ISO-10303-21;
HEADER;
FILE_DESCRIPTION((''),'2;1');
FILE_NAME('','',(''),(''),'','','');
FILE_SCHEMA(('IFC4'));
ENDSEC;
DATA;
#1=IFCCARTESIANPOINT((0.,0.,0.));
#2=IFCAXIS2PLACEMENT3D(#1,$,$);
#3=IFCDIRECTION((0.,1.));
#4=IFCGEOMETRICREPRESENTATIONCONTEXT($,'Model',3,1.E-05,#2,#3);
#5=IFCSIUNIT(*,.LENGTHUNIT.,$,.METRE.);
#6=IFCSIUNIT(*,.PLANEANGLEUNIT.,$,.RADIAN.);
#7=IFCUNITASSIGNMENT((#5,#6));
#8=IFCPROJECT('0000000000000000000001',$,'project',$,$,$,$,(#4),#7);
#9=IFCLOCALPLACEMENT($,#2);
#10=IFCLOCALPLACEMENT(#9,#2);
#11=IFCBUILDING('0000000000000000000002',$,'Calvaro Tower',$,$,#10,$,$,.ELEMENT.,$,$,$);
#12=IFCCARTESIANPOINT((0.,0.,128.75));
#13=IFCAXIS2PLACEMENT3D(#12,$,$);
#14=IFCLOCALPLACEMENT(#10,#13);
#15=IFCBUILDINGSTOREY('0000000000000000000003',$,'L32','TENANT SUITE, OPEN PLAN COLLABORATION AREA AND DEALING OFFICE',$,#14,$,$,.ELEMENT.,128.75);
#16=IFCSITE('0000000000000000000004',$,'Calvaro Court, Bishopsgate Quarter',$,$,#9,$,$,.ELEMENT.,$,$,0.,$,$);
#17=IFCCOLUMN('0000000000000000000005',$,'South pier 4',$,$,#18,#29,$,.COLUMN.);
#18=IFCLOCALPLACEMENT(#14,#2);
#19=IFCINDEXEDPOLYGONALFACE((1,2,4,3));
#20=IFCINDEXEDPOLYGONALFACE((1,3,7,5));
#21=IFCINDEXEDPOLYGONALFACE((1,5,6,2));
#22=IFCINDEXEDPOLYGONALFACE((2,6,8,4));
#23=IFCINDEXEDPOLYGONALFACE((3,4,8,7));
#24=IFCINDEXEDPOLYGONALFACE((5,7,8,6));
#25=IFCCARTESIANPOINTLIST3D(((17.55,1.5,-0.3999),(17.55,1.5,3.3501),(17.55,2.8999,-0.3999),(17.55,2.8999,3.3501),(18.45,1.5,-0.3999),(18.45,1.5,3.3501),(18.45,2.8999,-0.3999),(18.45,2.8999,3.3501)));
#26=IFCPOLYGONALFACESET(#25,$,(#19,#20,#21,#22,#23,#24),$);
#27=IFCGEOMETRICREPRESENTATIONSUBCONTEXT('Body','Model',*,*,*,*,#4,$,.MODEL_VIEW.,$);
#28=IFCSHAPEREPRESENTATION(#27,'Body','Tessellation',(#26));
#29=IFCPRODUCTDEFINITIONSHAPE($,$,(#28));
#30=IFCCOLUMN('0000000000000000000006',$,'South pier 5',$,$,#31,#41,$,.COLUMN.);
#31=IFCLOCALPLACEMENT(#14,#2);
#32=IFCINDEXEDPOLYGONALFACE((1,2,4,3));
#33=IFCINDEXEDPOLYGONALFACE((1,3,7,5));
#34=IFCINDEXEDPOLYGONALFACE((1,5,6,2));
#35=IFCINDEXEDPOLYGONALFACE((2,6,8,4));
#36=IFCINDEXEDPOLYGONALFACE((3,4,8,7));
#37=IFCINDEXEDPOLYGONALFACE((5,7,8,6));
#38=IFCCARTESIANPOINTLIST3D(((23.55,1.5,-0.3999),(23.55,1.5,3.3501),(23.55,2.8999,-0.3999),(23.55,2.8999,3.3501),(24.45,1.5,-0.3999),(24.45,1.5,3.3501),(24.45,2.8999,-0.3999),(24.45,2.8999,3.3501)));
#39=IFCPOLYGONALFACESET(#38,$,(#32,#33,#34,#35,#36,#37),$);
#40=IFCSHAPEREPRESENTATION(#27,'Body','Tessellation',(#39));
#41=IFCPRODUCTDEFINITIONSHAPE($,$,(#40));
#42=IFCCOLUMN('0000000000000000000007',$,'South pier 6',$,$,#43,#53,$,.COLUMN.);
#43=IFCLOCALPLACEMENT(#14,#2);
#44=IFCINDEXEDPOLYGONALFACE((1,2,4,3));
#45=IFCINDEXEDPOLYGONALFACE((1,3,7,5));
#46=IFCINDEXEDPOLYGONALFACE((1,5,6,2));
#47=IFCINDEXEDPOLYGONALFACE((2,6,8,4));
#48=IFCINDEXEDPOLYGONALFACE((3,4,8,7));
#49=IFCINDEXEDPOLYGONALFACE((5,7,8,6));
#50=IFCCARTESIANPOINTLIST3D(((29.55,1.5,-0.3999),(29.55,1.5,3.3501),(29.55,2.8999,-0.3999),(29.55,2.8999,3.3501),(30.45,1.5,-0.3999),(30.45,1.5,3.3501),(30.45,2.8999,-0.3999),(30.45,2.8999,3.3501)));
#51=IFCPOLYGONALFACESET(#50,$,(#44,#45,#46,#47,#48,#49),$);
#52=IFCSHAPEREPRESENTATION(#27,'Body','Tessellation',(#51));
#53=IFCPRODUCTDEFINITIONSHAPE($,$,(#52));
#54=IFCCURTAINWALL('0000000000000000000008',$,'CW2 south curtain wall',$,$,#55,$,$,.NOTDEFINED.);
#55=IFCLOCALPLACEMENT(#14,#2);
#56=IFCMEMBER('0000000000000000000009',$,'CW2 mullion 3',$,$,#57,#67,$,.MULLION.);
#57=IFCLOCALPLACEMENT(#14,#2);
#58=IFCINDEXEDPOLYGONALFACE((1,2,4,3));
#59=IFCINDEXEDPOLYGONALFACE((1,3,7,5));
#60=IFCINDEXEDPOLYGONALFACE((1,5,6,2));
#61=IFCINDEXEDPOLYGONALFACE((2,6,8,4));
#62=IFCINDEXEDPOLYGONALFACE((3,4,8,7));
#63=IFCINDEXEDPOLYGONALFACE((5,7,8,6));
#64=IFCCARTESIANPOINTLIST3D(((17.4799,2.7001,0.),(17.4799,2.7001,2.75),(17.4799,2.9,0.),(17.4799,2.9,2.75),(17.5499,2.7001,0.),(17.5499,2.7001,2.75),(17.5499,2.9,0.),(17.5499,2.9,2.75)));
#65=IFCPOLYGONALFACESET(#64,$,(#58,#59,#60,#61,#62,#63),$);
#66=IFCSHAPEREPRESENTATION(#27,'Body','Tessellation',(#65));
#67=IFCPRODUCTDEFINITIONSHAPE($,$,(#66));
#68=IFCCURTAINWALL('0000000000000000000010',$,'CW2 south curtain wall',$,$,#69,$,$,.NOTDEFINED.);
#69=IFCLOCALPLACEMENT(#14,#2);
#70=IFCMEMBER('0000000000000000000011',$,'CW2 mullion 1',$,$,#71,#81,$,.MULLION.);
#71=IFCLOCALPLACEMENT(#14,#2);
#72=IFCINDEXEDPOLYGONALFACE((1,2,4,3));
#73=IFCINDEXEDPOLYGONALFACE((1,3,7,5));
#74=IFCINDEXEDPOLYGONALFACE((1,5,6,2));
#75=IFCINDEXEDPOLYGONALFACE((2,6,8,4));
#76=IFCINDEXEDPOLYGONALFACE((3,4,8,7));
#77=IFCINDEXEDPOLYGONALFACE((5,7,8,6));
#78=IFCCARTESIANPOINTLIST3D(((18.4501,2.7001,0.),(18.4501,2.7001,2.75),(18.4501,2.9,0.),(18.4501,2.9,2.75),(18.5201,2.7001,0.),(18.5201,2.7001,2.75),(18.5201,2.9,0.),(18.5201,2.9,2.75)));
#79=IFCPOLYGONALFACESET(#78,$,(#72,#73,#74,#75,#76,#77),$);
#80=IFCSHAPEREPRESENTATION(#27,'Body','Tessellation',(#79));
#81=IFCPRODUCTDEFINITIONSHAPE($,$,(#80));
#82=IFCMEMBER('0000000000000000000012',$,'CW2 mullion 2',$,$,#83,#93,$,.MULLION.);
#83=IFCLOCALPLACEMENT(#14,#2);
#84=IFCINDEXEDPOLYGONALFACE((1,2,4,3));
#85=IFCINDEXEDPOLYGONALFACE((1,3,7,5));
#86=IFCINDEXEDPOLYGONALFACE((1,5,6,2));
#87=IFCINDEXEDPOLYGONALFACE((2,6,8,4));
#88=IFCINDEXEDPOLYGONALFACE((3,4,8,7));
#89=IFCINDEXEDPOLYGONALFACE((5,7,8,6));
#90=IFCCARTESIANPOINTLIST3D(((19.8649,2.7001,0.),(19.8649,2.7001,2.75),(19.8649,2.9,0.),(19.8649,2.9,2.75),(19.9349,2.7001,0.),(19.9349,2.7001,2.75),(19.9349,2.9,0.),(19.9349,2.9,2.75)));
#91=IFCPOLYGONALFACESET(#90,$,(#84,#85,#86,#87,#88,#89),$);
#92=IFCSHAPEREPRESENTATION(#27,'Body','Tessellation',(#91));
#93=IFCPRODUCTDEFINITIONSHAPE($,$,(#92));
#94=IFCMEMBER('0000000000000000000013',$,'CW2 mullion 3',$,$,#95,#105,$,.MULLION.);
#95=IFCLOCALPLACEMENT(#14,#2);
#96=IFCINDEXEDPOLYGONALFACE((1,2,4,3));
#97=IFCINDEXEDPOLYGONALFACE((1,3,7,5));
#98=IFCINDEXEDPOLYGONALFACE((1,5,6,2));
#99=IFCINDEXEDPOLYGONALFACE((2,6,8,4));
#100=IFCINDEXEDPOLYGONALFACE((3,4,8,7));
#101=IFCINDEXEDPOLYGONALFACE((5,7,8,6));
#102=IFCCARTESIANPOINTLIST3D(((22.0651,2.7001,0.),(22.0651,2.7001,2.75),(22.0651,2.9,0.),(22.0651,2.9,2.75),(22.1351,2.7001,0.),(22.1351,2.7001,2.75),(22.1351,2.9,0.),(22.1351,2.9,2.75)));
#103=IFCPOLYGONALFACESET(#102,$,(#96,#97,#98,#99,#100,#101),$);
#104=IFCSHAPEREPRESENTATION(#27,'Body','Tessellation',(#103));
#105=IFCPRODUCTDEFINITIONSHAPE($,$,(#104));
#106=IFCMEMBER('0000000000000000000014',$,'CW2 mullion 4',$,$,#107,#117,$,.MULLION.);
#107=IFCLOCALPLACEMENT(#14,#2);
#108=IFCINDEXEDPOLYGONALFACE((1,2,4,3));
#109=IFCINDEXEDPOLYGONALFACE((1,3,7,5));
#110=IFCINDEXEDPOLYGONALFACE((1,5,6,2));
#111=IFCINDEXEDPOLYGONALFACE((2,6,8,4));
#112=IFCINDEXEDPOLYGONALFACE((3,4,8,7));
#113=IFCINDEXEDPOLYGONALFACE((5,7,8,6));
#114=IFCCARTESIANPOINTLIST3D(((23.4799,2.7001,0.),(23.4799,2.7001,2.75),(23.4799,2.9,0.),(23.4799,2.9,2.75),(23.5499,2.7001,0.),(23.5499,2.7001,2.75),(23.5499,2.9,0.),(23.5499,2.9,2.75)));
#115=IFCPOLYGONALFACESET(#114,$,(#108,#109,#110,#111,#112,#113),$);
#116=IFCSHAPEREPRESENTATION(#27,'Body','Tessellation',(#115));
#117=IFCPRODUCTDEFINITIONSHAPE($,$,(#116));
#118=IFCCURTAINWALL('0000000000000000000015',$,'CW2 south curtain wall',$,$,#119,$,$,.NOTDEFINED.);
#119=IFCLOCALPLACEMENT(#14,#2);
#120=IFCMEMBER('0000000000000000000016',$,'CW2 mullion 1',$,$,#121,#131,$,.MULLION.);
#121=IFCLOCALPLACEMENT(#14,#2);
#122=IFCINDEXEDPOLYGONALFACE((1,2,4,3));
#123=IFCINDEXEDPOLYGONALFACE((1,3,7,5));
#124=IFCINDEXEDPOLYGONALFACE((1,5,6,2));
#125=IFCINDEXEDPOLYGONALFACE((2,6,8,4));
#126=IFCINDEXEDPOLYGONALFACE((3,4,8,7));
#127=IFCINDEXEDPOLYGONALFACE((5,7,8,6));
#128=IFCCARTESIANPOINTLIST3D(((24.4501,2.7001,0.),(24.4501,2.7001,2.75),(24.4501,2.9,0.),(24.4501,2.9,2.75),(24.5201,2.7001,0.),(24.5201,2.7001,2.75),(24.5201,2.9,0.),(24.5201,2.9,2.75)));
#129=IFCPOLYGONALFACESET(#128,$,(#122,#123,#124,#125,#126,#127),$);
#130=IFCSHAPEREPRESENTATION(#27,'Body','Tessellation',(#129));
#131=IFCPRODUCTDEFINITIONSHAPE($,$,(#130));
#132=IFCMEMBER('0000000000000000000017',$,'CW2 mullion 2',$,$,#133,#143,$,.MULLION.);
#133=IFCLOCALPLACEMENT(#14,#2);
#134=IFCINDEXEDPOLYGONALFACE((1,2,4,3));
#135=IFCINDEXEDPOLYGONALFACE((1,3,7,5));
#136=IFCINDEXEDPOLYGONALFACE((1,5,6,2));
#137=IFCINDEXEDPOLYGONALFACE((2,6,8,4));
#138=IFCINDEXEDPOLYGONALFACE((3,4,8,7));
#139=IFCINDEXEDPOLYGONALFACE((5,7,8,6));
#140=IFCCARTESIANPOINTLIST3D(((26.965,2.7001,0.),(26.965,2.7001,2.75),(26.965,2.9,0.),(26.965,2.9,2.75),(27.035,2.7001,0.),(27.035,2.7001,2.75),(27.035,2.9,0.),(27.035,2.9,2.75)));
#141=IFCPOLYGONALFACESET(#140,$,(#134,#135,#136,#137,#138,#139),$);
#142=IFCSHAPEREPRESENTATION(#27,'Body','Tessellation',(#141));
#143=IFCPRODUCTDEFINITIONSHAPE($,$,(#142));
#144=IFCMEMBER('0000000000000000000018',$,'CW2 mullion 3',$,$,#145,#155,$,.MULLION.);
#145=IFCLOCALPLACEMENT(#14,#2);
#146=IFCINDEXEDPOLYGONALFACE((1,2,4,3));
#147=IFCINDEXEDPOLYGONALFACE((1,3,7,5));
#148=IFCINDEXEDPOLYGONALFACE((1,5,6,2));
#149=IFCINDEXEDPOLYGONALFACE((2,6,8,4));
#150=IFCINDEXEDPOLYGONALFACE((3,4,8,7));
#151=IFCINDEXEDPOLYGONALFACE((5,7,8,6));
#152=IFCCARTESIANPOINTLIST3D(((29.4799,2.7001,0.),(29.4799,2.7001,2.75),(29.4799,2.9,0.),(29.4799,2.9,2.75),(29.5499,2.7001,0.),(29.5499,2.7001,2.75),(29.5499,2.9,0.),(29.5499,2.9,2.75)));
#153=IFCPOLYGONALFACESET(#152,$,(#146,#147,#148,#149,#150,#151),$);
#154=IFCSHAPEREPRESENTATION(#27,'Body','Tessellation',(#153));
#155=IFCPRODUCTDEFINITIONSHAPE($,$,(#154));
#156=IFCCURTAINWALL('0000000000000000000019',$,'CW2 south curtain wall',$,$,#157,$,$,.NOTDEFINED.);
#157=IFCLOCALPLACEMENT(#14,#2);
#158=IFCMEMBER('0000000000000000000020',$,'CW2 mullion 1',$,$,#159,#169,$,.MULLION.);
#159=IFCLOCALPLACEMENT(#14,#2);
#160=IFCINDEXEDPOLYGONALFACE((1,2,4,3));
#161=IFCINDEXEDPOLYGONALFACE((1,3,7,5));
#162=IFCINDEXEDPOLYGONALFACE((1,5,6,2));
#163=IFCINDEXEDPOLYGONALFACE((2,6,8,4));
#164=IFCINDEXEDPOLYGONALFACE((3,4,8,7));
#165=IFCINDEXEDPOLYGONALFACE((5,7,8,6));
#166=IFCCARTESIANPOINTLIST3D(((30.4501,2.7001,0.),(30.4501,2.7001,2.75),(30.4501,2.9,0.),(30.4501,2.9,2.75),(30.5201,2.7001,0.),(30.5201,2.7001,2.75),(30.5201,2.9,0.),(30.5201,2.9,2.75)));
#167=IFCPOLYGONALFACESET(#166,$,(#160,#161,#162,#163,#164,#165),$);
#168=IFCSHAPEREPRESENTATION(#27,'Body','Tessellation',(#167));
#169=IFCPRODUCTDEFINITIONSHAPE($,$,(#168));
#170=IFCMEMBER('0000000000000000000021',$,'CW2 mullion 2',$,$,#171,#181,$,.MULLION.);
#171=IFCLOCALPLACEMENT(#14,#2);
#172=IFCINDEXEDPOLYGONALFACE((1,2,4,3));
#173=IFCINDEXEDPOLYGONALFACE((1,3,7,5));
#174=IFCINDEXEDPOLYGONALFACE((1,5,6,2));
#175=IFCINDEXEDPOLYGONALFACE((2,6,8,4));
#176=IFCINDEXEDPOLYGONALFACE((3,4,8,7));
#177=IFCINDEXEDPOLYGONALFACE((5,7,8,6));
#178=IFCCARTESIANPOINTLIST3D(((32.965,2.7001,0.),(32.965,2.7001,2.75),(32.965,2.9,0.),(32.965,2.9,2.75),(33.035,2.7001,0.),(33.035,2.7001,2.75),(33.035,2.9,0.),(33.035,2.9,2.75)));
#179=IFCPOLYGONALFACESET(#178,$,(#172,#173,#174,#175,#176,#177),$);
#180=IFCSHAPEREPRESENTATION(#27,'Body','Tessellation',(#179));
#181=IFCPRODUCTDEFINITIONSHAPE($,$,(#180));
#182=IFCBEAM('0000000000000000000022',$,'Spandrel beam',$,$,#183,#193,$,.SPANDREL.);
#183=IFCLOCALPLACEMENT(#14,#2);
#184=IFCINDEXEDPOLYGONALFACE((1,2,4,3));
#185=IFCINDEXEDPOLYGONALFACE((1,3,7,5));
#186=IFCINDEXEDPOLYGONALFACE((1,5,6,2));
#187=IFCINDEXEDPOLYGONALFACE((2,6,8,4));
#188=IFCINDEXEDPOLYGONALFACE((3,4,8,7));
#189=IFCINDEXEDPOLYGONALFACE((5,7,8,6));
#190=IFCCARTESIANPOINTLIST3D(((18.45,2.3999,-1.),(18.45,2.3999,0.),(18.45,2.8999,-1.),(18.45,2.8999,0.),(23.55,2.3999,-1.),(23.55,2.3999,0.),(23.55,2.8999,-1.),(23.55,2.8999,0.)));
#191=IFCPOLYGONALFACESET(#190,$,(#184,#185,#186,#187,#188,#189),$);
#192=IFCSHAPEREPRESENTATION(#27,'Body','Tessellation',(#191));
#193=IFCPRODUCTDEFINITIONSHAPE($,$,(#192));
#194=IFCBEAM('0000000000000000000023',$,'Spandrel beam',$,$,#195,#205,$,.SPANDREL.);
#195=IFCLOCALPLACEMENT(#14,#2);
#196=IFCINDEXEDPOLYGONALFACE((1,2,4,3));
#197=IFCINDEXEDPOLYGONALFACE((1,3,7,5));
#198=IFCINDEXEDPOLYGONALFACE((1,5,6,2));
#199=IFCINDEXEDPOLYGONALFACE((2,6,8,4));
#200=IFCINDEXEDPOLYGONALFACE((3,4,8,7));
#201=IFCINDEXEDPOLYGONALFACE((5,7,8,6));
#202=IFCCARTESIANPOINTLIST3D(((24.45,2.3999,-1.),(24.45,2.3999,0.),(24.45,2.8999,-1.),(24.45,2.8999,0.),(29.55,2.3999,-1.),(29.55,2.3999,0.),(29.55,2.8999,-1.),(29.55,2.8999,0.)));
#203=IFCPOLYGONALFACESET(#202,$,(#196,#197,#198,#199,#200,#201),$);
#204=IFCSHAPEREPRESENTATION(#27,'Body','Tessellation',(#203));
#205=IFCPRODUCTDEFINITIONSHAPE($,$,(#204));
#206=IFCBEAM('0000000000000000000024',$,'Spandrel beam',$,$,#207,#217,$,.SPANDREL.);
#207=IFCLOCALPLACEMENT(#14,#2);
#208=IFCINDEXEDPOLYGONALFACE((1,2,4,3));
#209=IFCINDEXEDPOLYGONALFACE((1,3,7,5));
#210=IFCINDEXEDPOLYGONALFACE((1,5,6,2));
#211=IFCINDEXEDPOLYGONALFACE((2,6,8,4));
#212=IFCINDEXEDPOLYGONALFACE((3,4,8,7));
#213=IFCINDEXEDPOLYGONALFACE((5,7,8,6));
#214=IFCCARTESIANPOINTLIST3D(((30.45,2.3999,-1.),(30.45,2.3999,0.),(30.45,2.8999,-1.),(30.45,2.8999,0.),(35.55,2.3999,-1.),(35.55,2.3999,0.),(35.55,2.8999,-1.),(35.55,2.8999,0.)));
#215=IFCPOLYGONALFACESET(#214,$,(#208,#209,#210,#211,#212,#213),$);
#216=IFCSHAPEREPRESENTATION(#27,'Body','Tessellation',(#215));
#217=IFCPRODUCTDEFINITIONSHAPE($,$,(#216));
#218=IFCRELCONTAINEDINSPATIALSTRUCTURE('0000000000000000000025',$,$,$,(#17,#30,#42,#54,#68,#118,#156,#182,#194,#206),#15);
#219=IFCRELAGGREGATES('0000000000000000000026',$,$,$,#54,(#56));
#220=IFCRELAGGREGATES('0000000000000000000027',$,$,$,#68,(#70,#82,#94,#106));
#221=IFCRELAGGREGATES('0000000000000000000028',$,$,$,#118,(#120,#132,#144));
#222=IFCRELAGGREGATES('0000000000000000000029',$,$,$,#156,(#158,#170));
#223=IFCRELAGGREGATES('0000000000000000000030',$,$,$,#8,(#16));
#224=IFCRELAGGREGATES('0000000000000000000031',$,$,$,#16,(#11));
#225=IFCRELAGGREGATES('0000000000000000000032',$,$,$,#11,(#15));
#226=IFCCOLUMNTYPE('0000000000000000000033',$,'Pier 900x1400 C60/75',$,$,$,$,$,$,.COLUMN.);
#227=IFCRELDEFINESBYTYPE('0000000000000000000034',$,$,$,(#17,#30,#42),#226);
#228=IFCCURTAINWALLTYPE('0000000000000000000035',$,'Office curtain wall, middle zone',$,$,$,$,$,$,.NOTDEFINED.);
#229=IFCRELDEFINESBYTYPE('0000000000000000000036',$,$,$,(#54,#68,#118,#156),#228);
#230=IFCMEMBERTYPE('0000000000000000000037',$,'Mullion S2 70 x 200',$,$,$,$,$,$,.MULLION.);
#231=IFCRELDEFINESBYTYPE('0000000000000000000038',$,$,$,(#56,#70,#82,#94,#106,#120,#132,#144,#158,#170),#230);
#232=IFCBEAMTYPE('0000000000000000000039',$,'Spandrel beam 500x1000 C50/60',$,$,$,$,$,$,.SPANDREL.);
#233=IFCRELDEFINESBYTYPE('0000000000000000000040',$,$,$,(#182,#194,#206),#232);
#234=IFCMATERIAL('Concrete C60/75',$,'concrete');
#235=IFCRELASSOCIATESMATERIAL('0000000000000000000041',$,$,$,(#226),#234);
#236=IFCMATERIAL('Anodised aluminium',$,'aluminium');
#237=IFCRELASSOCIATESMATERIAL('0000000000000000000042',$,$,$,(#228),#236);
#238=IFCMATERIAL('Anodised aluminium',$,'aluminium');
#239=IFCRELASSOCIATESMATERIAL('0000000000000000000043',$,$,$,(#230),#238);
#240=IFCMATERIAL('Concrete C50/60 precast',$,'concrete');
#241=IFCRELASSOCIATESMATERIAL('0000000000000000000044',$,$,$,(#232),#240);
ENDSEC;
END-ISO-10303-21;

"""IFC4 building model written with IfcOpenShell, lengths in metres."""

from ifc_helpers import new_model, si_unit, direction, frame, origin, origin_2d, place, context, subcontext, project, spatial, rectangle, extrude, material, material_profile, profile_set, type_object, element, aggregate, save


model = new_model("IFC4")

# Units and contexts
model_context = context("Model", 3, precision=1e-05, world=origin(), true_north=direction((0.0, 1.0)))
body_context = subcontext(model_context, "Body", "Model", "MODEL_VIEW")
ifc_project = project(units=[si_unit("LENGTHUNIT", "METRE"), si_unit("PLANEANGLEUNIT", "RADIAN")], contexts=[model_context])

# Site, building, storey
site_placement = place(None, origin())
site = spatial("IfcSite", under=ifc_project, at=site_placement, Name="Calvaro Court, Bishopsgate Quarter", CompositionType="ELEMENT", RefElevation=0.0)
building_placement = place(site_placement, origin())
building = spatial("IfcBuilding", under=site, at=building_placement, Name="Calvaro Tower", CompositionType="ELEMENT")
storey_placement = place(building_placement, frame((0.0, 0.0, 128.75)))
storey = spatial("IfcBuildingStorey", under=building, at=storey_placement, Name="L32", Description="TENANT SUITE, OPEN PLAN COLLABORATION AREA AND DEALING OFFICE", CompositionType="ELEMENT", Elevation=128.75)

# Columns
ifc_material_1 = material(Name="Concrete C60/75", Category="concrete")
ifc_material_profile_1 = material_profile(ifc_material_1, rectangle(XDim=0.8999, YDim=1.3999, at=origin_2d()), Name="RC 900x1400")
ifc_profile_set_1 = profile_set([ifc_material_profile_1], Name="Concrete C60/75")
column_type = type_object("IfcColumnType", Name="Pier 900x1400 C60/75", PredefinedType="COLUMN", material=ifc_profile_set_1)
for number, where, z_axis, x_axis, name in (
    (1, (18.0, 2.2, -0.3999), (0.0, 0.0, 1.0), (1.0, 0.0, 0.0), "South pier 4"),
    (2, (24.0, 2.2, -0.3999), (0.0, 0.0, 1.0), (1.0, 0.0, 0.0), "South pier 5"),
    (3, (30.0, 2.2, -0.3999), (0.0, 0.0, 1.0), (1.0, 0.0, 0.0), "South pier 6"),
):
    element("IfcColumn", number, at=place(storey_placement, frame(where, z_axis=z_axis, x_axis=x_axis)), inside=storey, type_object=column_type, Name=name, PredefinedType="COLUMN", context=body_context, shape_type="SweptSolid", body=[
        extrude(rectangle(XDim=0.8999, YDim=1.3999, at=origin_2d()), origin(), (0.0, 0.0, 1.0), 3.75),
    ])

# Curtain wall, member
ifc_material_2 = material(Name="Anodised aluminium", Category="aluminium")
curtain_wall_type = type_object("IfcCurtainWallType", Name="Office curtain wall, middle zone", PredefinedType="NOTDEFINED", material=ifc_material_2)
curtain_wall_1_placement = place(storey_placement, origin())
curtain_wall_1 = element("IfcCurtainWall", 4, at=curtain_wall_1_placement, inside=storey, type_object=curtain_wall_type, Name="CW2 south curtain wall", PredefinedType="NOTDEFINED")
ifc_material_3 = material(Name="Anodised aluminium", Category="aluminium")
ifc_material_profile_2 = material_profile(ifc_material_3, rectangle(XDim=0.2, YDim=0.0701, at=origin_2d()), Name="Mullion S2 70 x 200")
ifc_profile_set_2 = profile_set([ifc_material_profile_2], Name="Anodised aluminium")
member_type_1 = type_object("IfcMemberType", Name="Mullion S2 70 x 200", PredefinedType="MULLION", material=ifc_profile_set_2)
member_1_placement = place(storey_placement, frame((17.5149, 2.8, 0.0), z_axis=(0.0, 0.0, 1.0), x_axis=(0.0, 1.0, 0.0)))
member_1 = element("IfcMember", 5, at=member_1_placement, type_object=member_type_1, Name="CW2 mullion 3", PredefinedType="MULLION", context=body_context, shape_type="SweptSolid", body=[
    extrude(rectangle(XDim=0.2, YDim=0.0701, at=origin_2d()), origin(), (0.0, 0.0, 1.0), 2.75),
])
aggregate(curtain_wall_1, [member_1])

# Curtain walls, members
curtain_wall_2_placement = place(storey_placement, origin())
curtain_wall_2 = element("IfcCurtainWall", 6, at=curtain_wall_2_placement, inside=storey, type_object=curtain_wall_type, Name="CW2 south curtain wall", PredefinedType="NOTDEFINED")
member_2_placement = place(storey_placement, frame((18.4851, 2.8, 0.0), z_axis=(0.0, 0.0, 1.0), x_axis=(0.0, 1.0, 0.0)))
member_2 = element("IfcMember", 7, at=member_2_placement, type_object=member_type_1, Name="CW2 mullion 1", PredefinedType="MULLION", context=body_context, shape_type="SweptSolid", body=[
    extrude(rectangle(XDim=0.2, YDim=0.0701, at=origin_2d()), origin(), (0.0, 0.0, 1.0), 2.75),
])
member_3_placement = place(storey_placement, frame((19.8999, 2.8, 0.0), z_axis=(0.0, 0.0, 1.0), x_axis=(0.0, 1.0, 0.0)))
member_3 = element("IfcMember", 8, at=member_3_placement, type_object=member_type_1, Name="CW2 mullion 2", PredefinedType="MULLION", context=body_context, shape_type="SweptSolid", body=[
    extrude(rectangle(XDim=0.2, YDim=0.0701, at=origin_2d()), origin(), (0.0, 0.0, 1.0), 2.75),
])
member_4_placement = place(storey_placement, frame((22.1001, 2.8, 0.0), z_axis=(0.0, 0.0, 1.0), x_axis=(0.0, 1.0, 0.0)))
member_4 = element("IfcMember", 9, at=member_4_placement, type_object=member_type_1, Name="CW2 mullion 3", PredefinedType="MULLION", context=body_context, shape_type="SweptSolid", body=[
    extrude(rectangle(XDim=0.2, YDim=0.0701, at=origin_2d()), origin(), (0.0, 0.0, 1.0), 2.75),
])
member_5_placement = place(storey_placement, frame((23.5149, 2.8, 0.0), z_axis=(0.0, 0.0, 1.0), x_axis=(0.0, 1.0, 0.0)))
member_5 = element("IfcMember", 10, at=member_5_placement, type_object=member_type_1, Name="CW2 mullion 4", PredefinedType="MULLION", context=body_context, shape_type="SweptSolid", body=[
    extrude(rectangle(XDim=0.2, YDim=0.0701, at=origin_2d()), origin(), (0.0, 0.0, 1.0), 2.75),
])
curtain_wall_3_placement = place(storey_placement, origin())
curtain_wall_3 = element("IfcCurtainWall", 11, at=curtain_wall_3_placement, inside=storey, type_object=curtain_wall_type, Name="CW2 south curtain wall", PredefinedType="NOTDEFINED")
member_6_placement = place(storey_placement, frame((24.4851, 2.8, 0.0), z_axis=(0.0, 0.0, 1.0), x_axis=(0.0, 1.0, 0.0)))
member_6 = element("IfcMember", 12, at=member_6_placement, type_object=member_type_1, Name="CW2 mullion 1", PredefinedType="MULLION", context=body_context, shape_type="SweptSolid", body=[
    extrude(rectangle(XDim=0.2, YDim=0.0701, at=origin_2d()), origin(), (0.0, 0.0, 1.0), 2.75),
])
member_7_placement = place(storey_placement, frame((27.0, 2.8, 0.0), z_axis=(0.0, 0.0, 1.0), x_axis=(0.0, 1.0, 0.0)))
member_7 = element("IfcMember", 13, at=member_7_placement, type_object=member_type_1, Name="CW2 mullion 2", PredefinedType="MULLION", context=body_context, shape_type="SweptSolid", body=[
    extrude(rectangle(XDim=0.2, YDim=0.0701, at=origin_2d()), origin(), (0.0, 0.0, 1.0), 2.75),
])
member_8_placement = place(storey_placement, frame((29.5149, 2.8, 0.0), z_axis=(0.0, 0.0, 1.0), x_axis=(0.0, 1.0, 0.0)))
member_8 = element("IfcMember", 14, at=member_8_placement, type_object=member_type_1, Name="CW2 mullion 3", PredefinedType="MULLION", context=body_context, shape_type="SweptSolid", body=[
    extrude(rectangle(XDim=0.2, YDim=0.0701, at=origin_2d()), origin(), (0.0, 0.0, 1.0), 2.75),
])
curtain_wall_4_placement = place(storey_placement, origin())
curtain_wall_4 = element("IfcCurtainWall", 15, at=curtain_wall_4_placement, inside=storey, type_object=curtain_wall_type, Name="CW2 south curtain wall", PredefinedType="NOTDEFINED")
member_9_placement = place(storey_placement, frame((30.4851, 2.8, 0.0), z_axis=(0.0, 0.0, 1.0), x_axis=(0.0, 1.0, 0.0)))
member_9 = element("IfcMember", 16, at=member_9_placement, type_object=member_type_1, Name="CW2 mullion 1", PredefinedType="MULLION", context=body_context, shape_type="SweptSolid", body=[
    extrude(rectangle(XDim=0.2, YDim=0.0701, at=origin_2d()), origin(), (0.0, 0.0, 1.0), 2.75),
])
member_10_placement = place(storey_placement, frame((33.0, 2.8, 0.0), z_axis=(0.0, 0.0, 1.0), x_axis=(0.0, 1.0, 0.0)))
member_10 = element("IfcMember", 17, at=member_10_placement, type_object=member_type_1, Name="CW2 mullion 2", PredefinedType="MULLION", context=body_context, shape_type="SweptSolid", body=[
    extrude(rectangle(XDim=0.2, YDim=0.0701, at=origin_2d()), origin(), (0.0, 0.0, 1.0), 2.75),
])

# Beams
ifc_material_4 = material(Name="Concrete C50/60 precast", Category="concrete")
ifc_material_profile_3 = material_profile(ifc_material_4, rectangle(XDim=0.5, YDim=1.0, at=origin_2d()), Name="RC 500x1000")
ifc_profile_set_3 = profile_set([ifc_material_profile_3], Name="Concrete C50/60 precast")
beam_type = type_object("IfcBeamType", Name="Spandrel beam 500x1000 C50/60", PredefinedType="SPANDREL", material=ifc_profile_set_3)
for number, where, z_axis, x_axis, name in (
    (18, (18.45, 2.6499, -0.5), (1.0, 0.0, 0.0), (0.0, 1.0, 0.0), "Spandrel beam"),
    (19, (24.45, 2.6499, -0.5), (1.0, 0.0, 0.0), (0.0, 1.0, 0.0), "Spandrel beam"),
    (20, (30.45, 2.6499, -0.5), (1.0, 0.0, 0.0), (0.0, 1.0, 0.0), "Spandrel beam"),
):
    element("IfcBeam", number, at=place(storey_placement, frame(where, z_axis=z_axis, x_axis=x_axis)), inside=storey, type_object=beam_type, Name=name, PredefinedType="SPANDREL", context=body_context, shape_type="SweptSolid", body=[
        extrude(rectangle(XDim=0.5, YDim=1.0, at=origin_2d()), origin(), (0.0, 0.0, 1.0), 5.1001),
    ])

aggregate(curtain_wall_2, [member_2, member_3, member_4, member_5])
aggregate(curtain_wall_3, [member_6, member_7, member_8])
aggregate(curtain_wall_4, [member_9, member_10])

save(model, "model.ifc")
